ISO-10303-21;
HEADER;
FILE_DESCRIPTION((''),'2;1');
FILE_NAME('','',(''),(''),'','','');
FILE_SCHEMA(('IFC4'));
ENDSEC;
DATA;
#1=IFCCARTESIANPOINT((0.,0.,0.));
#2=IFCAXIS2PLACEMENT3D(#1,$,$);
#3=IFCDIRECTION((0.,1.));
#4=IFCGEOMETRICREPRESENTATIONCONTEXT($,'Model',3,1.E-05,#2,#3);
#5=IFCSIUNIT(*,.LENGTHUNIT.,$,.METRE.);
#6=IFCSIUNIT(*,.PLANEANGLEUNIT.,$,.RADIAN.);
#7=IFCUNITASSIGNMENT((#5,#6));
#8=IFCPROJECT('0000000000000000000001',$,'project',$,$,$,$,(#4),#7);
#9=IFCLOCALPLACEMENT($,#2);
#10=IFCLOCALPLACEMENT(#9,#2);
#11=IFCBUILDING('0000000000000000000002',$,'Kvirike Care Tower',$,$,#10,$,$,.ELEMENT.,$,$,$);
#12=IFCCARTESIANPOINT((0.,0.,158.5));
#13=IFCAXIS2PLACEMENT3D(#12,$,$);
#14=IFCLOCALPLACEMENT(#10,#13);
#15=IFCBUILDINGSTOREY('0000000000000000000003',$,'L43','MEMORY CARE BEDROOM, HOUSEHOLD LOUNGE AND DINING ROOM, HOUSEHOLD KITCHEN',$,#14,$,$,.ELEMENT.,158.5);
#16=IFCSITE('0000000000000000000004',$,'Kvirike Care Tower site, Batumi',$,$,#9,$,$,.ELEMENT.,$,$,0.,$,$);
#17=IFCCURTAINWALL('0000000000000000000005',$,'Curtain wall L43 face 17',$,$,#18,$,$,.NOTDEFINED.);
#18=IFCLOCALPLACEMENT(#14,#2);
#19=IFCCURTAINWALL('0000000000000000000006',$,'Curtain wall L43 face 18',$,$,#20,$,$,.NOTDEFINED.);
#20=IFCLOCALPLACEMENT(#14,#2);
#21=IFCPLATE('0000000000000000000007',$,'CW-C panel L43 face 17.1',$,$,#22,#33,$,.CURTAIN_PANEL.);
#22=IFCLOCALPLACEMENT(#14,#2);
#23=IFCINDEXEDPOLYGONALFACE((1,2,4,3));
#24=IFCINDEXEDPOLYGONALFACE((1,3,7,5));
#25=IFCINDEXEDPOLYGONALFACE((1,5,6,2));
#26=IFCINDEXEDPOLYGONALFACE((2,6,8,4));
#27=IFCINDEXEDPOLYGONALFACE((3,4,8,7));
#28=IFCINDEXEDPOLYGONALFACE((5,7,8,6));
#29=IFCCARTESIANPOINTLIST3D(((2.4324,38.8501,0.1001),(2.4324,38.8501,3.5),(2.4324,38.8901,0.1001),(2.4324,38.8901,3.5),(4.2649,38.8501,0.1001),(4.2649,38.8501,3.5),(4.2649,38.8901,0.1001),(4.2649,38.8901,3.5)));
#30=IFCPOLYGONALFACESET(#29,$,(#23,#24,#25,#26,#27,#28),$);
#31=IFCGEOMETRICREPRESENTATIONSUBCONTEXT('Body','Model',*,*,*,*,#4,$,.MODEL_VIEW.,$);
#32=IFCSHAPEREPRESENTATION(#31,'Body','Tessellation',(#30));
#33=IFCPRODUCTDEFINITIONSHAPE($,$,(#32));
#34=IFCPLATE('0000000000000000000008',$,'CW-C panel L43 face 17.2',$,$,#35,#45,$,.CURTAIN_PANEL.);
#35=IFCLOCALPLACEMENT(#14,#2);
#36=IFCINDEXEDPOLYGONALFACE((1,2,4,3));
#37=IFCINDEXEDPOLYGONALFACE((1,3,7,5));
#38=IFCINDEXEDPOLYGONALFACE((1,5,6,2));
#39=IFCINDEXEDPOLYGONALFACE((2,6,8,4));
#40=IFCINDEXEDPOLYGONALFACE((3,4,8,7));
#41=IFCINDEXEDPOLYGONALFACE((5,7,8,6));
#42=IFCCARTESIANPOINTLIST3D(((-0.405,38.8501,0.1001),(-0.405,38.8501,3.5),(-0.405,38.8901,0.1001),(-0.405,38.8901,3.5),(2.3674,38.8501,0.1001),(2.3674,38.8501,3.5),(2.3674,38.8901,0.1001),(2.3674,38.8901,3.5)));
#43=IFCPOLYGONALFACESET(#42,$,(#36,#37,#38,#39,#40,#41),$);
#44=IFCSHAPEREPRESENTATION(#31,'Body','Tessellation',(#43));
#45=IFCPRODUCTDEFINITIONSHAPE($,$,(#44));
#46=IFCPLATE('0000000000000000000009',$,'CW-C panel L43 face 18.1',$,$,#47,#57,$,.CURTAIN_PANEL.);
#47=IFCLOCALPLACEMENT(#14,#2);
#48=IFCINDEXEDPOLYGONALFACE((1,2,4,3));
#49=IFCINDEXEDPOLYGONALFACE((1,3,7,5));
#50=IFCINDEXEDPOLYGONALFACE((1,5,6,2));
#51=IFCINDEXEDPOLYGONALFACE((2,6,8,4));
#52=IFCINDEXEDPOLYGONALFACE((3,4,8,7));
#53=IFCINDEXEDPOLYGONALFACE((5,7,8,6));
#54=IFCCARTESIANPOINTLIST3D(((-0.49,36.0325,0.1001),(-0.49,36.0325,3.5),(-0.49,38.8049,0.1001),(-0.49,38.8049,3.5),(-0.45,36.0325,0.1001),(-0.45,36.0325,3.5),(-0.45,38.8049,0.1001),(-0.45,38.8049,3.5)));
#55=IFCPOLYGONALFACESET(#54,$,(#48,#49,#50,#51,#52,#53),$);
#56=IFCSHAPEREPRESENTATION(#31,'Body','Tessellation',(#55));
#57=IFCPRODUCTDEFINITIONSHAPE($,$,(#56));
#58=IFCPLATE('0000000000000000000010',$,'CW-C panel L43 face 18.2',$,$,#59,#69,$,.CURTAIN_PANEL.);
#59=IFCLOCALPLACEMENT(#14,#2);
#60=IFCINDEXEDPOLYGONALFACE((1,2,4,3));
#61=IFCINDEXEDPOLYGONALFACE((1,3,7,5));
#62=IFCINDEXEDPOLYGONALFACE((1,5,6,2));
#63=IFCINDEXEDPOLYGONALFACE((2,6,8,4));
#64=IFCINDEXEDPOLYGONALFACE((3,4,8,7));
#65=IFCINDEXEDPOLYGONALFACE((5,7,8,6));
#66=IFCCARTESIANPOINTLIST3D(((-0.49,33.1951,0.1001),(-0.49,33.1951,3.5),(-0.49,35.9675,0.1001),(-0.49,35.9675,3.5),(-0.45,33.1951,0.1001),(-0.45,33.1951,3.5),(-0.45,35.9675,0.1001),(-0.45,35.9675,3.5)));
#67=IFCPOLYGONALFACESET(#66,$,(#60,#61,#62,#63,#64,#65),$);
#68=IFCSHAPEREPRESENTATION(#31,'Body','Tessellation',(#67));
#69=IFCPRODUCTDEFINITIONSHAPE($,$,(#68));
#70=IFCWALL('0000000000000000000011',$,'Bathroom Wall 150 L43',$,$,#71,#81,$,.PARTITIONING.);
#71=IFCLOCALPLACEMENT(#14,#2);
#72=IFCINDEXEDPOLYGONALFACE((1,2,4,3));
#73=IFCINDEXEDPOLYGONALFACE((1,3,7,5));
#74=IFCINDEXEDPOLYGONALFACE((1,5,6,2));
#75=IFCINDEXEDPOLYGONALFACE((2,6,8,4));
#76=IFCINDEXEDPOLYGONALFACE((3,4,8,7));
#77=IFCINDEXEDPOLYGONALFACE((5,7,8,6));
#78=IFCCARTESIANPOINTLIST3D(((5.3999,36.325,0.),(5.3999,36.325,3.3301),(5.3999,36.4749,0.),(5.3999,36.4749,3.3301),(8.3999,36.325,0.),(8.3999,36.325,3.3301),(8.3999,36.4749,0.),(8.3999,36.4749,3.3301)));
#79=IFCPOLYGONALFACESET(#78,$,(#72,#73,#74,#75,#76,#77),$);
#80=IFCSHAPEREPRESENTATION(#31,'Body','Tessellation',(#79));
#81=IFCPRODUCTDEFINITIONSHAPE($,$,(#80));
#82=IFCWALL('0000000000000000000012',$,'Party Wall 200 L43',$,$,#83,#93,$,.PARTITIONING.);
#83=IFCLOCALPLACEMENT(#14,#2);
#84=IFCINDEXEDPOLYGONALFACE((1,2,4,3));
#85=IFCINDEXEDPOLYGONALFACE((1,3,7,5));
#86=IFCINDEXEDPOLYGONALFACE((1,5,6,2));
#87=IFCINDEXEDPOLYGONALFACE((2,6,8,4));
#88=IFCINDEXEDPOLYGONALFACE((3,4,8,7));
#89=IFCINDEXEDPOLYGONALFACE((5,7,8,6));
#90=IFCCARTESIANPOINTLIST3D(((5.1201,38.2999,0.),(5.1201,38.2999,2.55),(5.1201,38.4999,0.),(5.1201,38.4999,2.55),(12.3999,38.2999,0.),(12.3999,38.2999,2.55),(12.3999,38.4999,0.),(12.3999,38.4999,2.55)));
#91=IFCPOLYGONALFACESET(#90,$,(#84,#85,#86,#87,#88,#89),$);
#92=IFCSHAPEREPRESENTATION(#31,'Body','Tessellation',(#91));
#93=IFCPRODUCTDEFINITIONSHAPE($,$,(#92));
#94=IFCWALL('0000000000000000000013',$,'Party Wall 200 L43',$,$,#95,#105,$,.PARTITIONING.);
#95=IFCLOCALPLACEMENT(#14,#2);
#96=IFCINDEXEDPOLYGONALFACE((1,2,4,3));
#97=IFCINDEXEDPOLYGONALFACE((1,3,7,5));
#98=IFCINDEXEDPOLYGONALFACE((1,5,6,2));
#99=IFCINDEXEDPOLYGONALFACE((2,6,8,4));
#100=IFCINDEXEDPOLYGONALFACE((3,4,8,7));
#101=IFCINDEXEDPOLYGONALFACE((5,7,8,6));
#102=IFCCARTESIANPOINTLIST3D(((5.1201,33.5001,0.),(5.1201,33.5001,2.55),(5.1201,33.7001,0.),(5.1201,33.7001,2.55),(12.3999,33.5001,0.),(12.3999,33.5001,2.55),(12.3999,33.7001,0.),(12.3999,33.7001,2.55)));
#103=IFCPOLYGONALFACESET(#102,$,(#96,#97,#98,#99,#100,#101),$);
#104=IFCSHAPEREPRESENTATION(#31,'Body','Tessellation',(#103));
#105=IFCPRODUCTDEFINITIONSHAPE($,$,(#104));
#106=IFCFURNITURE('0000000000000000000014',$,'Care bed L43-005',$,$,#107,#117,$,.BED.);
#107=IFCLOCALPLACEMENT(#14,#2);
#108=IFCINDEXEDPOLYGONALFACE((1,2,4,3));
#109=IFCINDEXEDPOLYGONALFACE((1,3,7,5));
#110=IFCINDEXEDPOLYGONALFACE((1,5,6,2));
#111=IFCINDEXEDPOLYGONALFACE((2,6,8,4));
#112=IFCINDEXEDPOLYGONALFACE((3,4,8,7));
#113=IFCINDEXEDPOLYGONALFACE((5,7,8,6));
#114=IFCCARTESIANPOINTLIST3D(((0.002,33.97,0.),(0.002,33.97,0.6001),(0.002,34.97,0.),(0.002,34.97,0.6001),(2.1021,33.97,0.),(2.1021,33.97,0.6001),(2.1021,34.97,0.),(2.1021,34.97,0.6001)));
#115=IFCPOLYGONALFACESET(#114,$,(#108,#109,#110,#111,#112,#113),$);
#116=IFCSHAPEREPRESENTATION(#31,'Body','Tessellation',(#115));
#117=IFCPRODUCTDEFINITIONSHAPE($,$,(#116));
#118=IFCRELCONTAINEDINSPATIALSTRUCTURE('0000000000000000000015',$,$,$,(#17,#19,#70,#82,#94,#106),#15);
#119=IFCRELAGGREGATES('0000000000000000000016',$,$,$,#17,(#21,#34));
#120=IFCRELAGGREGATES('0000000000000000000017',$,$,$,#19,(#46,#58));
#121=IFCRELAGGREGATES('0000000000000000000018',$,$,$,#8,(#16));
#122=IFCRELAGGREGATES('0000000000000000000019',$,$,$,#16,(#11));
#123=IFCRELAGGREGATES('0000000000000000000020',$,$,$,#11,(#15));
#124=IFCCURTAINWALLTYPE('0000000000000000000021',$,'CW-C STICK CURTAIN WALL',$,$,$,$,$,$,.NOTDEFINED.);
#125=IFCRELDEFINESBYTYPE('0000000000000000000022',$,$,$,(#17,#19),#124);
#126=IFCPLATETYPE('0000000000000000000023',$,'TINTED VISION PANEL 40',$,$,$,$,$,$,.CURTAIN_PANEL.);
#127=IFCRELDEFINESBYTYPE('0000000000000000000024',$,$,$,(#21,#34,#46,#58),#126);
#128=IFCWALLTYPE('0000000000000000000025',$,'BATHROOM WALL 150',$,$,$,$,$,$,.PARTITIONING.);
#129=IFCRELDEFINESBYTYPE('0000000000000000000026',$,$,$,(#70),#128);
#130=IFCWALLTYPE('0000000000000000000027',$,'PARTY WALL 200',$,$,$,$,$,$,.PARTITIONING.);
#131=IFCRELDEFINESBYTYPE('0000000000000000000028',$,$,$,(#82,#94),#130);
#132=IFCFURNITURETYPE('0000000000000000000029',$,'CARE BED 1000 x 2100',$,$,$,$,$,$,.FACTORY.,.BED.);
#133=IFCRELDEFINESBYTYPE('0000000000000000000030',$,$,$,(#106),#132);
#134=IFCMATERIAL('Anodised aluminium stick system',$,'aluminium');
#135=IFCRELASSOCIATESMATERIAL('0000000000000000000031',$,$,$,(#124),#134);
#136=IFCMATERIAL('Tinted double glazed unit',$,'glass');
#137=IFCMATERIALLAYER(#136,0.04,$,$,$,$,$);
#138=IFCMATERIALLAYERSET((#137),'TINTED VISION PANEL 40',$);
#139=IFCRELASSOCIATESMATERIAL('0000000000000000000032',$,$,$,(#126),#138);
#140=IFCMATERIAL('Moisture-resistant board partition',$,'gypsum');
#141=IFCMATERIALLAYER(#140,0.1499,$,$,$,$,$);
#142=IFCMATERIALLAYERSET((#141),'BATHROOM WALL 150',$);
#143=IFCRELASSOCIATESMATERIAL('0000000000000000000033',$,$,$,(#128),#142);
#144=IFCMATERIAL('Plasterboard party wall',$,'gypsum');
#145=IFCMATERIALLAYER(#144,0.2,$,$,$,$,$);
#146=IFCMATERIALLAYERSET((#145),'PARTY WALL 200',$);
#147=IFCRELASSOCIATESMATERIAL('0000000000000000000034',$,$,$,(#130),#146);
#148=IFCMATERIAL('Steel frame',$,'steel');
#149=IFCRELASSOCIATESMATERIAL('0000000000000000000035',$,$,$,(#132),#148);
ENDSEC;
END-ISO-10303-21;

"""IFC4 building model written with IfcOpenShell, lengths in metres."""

from ifc_helpers import new_model, si_unit, direction, frame, frame_2d, origin, origin_2d, place, context, subcontext, project, spatial, rectangle, extrude, material, layer, layer_set, type_object, element, aggregate, save


model = new_model("IFC4")

# Units and contexts
model_context = context("Model", 3, precision=1e-05, world=origin(), true_north=direction((0.0, 1.0)))
body_context = subcontext(model_context, "Body", "Model", "MODEL_VIEW")
ifc_project = project(units=[si_unit("LENGTHUNIT", "METRE"), si_unit("PLANEANGLEUNIT", "RADIAN")], contexts=[model_context])

# Site, building, storey
site_placement = place(None, origin())
site = spatial("IfcSite", under=ifc_project, at=site_placement, Name="Kvirike Care Tower site, Batumi", CompositionType="ELEMENT", RefElevation=0.0)
building_placement = place(site_placement, origin())
building = spatial("IfcBuilding", under=site, at=building_placement, Name="Kvirike Care Tower", CompositionType="ELEMENT")
storey_placement = place(building_placement, frame((0.0, 0.0, 158.5)))
storey = spatial("IfcBuildingStorey", under=building, at=storey_placement, Name="L43", Description="MEMORY CARE BEDROOM, HOUSEHOLD LOUNGE AND DINING ROOM, HOUSEHOLD KITCHEN", CompositionType="ELEMENT", Elevation=158.5)

# Curtain walls
ifc_material_1 = material(Name="Anodised aluminium stick system", Category="aluminium")
curtain_wall_type = type_object("IfcCurtainWallType", Name="CW-C STICK CURTAIN WALL", PredefinedType="NOTDEFINED", material=ifc_material_1)
curtain_wall_1_placement = place(storey_placement, origin())
curtain_wall_1 = element("IfcCurtainWall", 1, at=curtain_wall_1_placement, inside=storey, type_object=curtain_wall_type, Name="Curtain wall L43 face 17", PredefinedType="NOTDEFINED")
curtain_wall_2_placement = place(storey_placement, origin())
curtain_wall_2 = element("IfcCurtainWall", 2, at=curtain_wall_2_placement, inside=storey, type_object=curtain_wall_type, Name="Curtain wall L43 face 18", PredefinedType="NOTDEFINED")

# Plates
ifc_material_2 = material(Name="Tinted double glazed unit", Category="glass")
ifc_layer_1 = layer(ifc_material_2, 0.04)
ifc_layer_set_1 = layer_set([ifc_layer_1], Name="TINTED VISION PANEL 40")
plate_type = type_object("IfcPlateType", Name="TINTED VISION PANEL 40", PredefinedType="CURTAIN_PANEL", material=ifc_layer_set_1)
plate_1_placement = place(storey_placement, frame((3.3486, 38.8701, 0.1001), z_axis=(0.0, 0.0, 1.0), x_axis=(-1.0, 0.0, 0.0)))
plate_1 = element("IfcPlate", 3, at=plate_1_placement, type_object=plate_type, Name="CW-C panel L43 face 17.1", PredefinedType="CURTAIN_PANEL", context=body_context, shape_type="SweptSolid", body=[
    extrude(rectangle(XDim=1.8325, YDim=0.04, at=origin_2d()), origin(), (0.0, 0.0, 1.0), 3.3999),
])
plate_2_placement = place(storey_placement, frame((0.9812, 38.8701, 0.1001), z_axis=(0.0, 0.0, 1.0), x_axis=(-1.0, 0.0, 0.0)))
plate_2 = element("IfcPlate", 4, at=plate_2_placement, type_object=plate_type, Name="CW-C panel L43 face 17.2", PredefinedType="CURTAIN_PANEL", context=body_context, shape_type="SweptSolid", body=[
    extrude(rectangle(XDim=2.7725, YDim=0.04, at=origin_2d()), origin(), (0.0, 0.0, 1.0), 3.3999),
])
aggregate(curtain_wall_1, [plate_1, plate_2])
plate_3_placement = place(storey_placement, frame((-0.47, 37.4187, 0.1001), z_axis=(0.0, 0.0, 1.0), x_axis=(0.0, -1.0, 0.0)))
plate_3 = element("IfcPlate", 5, at=plate_3_placement, type_object=plate_type, Name="CW-C panel L43 face 18.1", PredefinedType="CURTAIN_PANEL", context=body_context, shape_type="SweptSolid", body=[
    extrude(rectangle(XDim=2.7725, YDim=0.04, at=origin_2d()), origin(), (0.0, 0.0, 1.0), 3.3999),
])
plate_4_placement = place(storey_placement, frame((-0.47, 34.5813, 0.1001), z_axis=(0.0, 0.0, 1.0), x_axis=(0.0, -1.0, 0.0)))
plate_4 = element("IfcPlate", 6, at=plate_4_placement, type_object=plate_type, Name="CW-C panel L43 face 18.2", PredefinedType="CURTAIN_PANEL", context=body_context, shape_type="SweptSolid", body=[
    extrude(rectangle(XDim=2.7725, YDim=0.04, at=origin_2d()), origin(), (0.0, 0.0, 1.0), 3.3999),
])
aggregate(curtain_wall_2, [plate_3, plate_4])

# Walls
ifc_material_3 = material(Name="Moisture-resistant board partition", Category="gypsum")
ifc_layer_2 = layer(ifc_material_3, 0.1499)
ifc_layer_set_2 = layer_set([ifc_layer_2], Name="BATHROOM WALL 150")
wall_type_1 = type_object("IfcWallType", Name="BATHROOM WALL 150", PredefinedType="PARTITIONING", material=ifc_layer_set_2)
wall_placement = place(storey_placement, frame((5.3999, 36.3999, 0.0), z_axis=(0.0, 0.0, 1.0), x_axis=(1.0, 0.0, 0.0)))
element("IfcWall", 7, at=wall_placement, inside=storey, type_object=wall_type_1, Name="Bathroom Wall 150 L43", PredefinedType="PARTITIONING", context=body_context, shape_type="SweptSolid", body=[
    extrude(rectangle(XDim=3.0, YDim=0.1499, at=frame_2d((1.5, 0.0))), origin(), (0.0, 0.0, 1.0), 3.3301),
])
ifc_material_4 = material(Name="Plasterboard party wall", Category="gypsum")
ifc_layer_3 = layer(ifc_material_4, 0.2)
ifc_layer_set_3 = layer_set([ifc_layer_3], Name="PARTY WALL 200")
wall_type_2 = type_object("IfcWallType", Name="PARTY WALL 200", PredefinedType="PARTITIONING", material=ifc_layer_set_3)
for number, where, z_axis, x_axis, name in (
    (8, (5.1201, 38.3999, 0.0), (0.0, 0.0, 1.0), (1.0, 0.0, 0.0), "Party Wall 200 L43"),
    (9, (5.1201, 33.6001, 0.0), (0.0, 0.0, 1.0), (1.0, 0.0, 0.0), "Party Wall 200 L43"),
):
    element("IfcWall", number, at=place(storey_placement, frame(where, z_axis=z_axis, x_axis=x_axis)), inside=storey, type_object=wall_type_2, Name=name, PredefinedType="PARTITIONING", context=body_context, shape_type="SweptSolid", body=[
        extrude(rectangle(XDim=7.2798, YDim=0.2, at=frame_2d((3.6399, 0.0))), origin(), (0.0, 0.0, 1.0), 2.55),
    ])

# Furniture
ifc_material_5 = material(Name="Steel frame", Category="steel")
furniture_type = type_object("IfcFurnitureType", Name="CARE BED 1000 x 2100", AssemblyPlace="FACTORY", PredefinedType="BED", material=ifc_material_5)
furniture_placement = place(storey_placement, frame((1.052, 34.47, 0.0), z_axis=(0.0, 0.0, 1.0), x_axis=(0.0, 1.0, 0.0)))
element("IfcFurniture", 10, at=furniture_placement, inside=storey, type_object=furniture_type, Name="Care bed L43-005", PredefinedType="BED", context=body_context, shape_type="SweptSolid", body=[
    extrude(rectangle(XDim=1.0, YDim=2.1001, at=origin_2d()), origin(), (0.0, 0.0, 1.0), 0.6001),
])

save(model, "model.ifc")
